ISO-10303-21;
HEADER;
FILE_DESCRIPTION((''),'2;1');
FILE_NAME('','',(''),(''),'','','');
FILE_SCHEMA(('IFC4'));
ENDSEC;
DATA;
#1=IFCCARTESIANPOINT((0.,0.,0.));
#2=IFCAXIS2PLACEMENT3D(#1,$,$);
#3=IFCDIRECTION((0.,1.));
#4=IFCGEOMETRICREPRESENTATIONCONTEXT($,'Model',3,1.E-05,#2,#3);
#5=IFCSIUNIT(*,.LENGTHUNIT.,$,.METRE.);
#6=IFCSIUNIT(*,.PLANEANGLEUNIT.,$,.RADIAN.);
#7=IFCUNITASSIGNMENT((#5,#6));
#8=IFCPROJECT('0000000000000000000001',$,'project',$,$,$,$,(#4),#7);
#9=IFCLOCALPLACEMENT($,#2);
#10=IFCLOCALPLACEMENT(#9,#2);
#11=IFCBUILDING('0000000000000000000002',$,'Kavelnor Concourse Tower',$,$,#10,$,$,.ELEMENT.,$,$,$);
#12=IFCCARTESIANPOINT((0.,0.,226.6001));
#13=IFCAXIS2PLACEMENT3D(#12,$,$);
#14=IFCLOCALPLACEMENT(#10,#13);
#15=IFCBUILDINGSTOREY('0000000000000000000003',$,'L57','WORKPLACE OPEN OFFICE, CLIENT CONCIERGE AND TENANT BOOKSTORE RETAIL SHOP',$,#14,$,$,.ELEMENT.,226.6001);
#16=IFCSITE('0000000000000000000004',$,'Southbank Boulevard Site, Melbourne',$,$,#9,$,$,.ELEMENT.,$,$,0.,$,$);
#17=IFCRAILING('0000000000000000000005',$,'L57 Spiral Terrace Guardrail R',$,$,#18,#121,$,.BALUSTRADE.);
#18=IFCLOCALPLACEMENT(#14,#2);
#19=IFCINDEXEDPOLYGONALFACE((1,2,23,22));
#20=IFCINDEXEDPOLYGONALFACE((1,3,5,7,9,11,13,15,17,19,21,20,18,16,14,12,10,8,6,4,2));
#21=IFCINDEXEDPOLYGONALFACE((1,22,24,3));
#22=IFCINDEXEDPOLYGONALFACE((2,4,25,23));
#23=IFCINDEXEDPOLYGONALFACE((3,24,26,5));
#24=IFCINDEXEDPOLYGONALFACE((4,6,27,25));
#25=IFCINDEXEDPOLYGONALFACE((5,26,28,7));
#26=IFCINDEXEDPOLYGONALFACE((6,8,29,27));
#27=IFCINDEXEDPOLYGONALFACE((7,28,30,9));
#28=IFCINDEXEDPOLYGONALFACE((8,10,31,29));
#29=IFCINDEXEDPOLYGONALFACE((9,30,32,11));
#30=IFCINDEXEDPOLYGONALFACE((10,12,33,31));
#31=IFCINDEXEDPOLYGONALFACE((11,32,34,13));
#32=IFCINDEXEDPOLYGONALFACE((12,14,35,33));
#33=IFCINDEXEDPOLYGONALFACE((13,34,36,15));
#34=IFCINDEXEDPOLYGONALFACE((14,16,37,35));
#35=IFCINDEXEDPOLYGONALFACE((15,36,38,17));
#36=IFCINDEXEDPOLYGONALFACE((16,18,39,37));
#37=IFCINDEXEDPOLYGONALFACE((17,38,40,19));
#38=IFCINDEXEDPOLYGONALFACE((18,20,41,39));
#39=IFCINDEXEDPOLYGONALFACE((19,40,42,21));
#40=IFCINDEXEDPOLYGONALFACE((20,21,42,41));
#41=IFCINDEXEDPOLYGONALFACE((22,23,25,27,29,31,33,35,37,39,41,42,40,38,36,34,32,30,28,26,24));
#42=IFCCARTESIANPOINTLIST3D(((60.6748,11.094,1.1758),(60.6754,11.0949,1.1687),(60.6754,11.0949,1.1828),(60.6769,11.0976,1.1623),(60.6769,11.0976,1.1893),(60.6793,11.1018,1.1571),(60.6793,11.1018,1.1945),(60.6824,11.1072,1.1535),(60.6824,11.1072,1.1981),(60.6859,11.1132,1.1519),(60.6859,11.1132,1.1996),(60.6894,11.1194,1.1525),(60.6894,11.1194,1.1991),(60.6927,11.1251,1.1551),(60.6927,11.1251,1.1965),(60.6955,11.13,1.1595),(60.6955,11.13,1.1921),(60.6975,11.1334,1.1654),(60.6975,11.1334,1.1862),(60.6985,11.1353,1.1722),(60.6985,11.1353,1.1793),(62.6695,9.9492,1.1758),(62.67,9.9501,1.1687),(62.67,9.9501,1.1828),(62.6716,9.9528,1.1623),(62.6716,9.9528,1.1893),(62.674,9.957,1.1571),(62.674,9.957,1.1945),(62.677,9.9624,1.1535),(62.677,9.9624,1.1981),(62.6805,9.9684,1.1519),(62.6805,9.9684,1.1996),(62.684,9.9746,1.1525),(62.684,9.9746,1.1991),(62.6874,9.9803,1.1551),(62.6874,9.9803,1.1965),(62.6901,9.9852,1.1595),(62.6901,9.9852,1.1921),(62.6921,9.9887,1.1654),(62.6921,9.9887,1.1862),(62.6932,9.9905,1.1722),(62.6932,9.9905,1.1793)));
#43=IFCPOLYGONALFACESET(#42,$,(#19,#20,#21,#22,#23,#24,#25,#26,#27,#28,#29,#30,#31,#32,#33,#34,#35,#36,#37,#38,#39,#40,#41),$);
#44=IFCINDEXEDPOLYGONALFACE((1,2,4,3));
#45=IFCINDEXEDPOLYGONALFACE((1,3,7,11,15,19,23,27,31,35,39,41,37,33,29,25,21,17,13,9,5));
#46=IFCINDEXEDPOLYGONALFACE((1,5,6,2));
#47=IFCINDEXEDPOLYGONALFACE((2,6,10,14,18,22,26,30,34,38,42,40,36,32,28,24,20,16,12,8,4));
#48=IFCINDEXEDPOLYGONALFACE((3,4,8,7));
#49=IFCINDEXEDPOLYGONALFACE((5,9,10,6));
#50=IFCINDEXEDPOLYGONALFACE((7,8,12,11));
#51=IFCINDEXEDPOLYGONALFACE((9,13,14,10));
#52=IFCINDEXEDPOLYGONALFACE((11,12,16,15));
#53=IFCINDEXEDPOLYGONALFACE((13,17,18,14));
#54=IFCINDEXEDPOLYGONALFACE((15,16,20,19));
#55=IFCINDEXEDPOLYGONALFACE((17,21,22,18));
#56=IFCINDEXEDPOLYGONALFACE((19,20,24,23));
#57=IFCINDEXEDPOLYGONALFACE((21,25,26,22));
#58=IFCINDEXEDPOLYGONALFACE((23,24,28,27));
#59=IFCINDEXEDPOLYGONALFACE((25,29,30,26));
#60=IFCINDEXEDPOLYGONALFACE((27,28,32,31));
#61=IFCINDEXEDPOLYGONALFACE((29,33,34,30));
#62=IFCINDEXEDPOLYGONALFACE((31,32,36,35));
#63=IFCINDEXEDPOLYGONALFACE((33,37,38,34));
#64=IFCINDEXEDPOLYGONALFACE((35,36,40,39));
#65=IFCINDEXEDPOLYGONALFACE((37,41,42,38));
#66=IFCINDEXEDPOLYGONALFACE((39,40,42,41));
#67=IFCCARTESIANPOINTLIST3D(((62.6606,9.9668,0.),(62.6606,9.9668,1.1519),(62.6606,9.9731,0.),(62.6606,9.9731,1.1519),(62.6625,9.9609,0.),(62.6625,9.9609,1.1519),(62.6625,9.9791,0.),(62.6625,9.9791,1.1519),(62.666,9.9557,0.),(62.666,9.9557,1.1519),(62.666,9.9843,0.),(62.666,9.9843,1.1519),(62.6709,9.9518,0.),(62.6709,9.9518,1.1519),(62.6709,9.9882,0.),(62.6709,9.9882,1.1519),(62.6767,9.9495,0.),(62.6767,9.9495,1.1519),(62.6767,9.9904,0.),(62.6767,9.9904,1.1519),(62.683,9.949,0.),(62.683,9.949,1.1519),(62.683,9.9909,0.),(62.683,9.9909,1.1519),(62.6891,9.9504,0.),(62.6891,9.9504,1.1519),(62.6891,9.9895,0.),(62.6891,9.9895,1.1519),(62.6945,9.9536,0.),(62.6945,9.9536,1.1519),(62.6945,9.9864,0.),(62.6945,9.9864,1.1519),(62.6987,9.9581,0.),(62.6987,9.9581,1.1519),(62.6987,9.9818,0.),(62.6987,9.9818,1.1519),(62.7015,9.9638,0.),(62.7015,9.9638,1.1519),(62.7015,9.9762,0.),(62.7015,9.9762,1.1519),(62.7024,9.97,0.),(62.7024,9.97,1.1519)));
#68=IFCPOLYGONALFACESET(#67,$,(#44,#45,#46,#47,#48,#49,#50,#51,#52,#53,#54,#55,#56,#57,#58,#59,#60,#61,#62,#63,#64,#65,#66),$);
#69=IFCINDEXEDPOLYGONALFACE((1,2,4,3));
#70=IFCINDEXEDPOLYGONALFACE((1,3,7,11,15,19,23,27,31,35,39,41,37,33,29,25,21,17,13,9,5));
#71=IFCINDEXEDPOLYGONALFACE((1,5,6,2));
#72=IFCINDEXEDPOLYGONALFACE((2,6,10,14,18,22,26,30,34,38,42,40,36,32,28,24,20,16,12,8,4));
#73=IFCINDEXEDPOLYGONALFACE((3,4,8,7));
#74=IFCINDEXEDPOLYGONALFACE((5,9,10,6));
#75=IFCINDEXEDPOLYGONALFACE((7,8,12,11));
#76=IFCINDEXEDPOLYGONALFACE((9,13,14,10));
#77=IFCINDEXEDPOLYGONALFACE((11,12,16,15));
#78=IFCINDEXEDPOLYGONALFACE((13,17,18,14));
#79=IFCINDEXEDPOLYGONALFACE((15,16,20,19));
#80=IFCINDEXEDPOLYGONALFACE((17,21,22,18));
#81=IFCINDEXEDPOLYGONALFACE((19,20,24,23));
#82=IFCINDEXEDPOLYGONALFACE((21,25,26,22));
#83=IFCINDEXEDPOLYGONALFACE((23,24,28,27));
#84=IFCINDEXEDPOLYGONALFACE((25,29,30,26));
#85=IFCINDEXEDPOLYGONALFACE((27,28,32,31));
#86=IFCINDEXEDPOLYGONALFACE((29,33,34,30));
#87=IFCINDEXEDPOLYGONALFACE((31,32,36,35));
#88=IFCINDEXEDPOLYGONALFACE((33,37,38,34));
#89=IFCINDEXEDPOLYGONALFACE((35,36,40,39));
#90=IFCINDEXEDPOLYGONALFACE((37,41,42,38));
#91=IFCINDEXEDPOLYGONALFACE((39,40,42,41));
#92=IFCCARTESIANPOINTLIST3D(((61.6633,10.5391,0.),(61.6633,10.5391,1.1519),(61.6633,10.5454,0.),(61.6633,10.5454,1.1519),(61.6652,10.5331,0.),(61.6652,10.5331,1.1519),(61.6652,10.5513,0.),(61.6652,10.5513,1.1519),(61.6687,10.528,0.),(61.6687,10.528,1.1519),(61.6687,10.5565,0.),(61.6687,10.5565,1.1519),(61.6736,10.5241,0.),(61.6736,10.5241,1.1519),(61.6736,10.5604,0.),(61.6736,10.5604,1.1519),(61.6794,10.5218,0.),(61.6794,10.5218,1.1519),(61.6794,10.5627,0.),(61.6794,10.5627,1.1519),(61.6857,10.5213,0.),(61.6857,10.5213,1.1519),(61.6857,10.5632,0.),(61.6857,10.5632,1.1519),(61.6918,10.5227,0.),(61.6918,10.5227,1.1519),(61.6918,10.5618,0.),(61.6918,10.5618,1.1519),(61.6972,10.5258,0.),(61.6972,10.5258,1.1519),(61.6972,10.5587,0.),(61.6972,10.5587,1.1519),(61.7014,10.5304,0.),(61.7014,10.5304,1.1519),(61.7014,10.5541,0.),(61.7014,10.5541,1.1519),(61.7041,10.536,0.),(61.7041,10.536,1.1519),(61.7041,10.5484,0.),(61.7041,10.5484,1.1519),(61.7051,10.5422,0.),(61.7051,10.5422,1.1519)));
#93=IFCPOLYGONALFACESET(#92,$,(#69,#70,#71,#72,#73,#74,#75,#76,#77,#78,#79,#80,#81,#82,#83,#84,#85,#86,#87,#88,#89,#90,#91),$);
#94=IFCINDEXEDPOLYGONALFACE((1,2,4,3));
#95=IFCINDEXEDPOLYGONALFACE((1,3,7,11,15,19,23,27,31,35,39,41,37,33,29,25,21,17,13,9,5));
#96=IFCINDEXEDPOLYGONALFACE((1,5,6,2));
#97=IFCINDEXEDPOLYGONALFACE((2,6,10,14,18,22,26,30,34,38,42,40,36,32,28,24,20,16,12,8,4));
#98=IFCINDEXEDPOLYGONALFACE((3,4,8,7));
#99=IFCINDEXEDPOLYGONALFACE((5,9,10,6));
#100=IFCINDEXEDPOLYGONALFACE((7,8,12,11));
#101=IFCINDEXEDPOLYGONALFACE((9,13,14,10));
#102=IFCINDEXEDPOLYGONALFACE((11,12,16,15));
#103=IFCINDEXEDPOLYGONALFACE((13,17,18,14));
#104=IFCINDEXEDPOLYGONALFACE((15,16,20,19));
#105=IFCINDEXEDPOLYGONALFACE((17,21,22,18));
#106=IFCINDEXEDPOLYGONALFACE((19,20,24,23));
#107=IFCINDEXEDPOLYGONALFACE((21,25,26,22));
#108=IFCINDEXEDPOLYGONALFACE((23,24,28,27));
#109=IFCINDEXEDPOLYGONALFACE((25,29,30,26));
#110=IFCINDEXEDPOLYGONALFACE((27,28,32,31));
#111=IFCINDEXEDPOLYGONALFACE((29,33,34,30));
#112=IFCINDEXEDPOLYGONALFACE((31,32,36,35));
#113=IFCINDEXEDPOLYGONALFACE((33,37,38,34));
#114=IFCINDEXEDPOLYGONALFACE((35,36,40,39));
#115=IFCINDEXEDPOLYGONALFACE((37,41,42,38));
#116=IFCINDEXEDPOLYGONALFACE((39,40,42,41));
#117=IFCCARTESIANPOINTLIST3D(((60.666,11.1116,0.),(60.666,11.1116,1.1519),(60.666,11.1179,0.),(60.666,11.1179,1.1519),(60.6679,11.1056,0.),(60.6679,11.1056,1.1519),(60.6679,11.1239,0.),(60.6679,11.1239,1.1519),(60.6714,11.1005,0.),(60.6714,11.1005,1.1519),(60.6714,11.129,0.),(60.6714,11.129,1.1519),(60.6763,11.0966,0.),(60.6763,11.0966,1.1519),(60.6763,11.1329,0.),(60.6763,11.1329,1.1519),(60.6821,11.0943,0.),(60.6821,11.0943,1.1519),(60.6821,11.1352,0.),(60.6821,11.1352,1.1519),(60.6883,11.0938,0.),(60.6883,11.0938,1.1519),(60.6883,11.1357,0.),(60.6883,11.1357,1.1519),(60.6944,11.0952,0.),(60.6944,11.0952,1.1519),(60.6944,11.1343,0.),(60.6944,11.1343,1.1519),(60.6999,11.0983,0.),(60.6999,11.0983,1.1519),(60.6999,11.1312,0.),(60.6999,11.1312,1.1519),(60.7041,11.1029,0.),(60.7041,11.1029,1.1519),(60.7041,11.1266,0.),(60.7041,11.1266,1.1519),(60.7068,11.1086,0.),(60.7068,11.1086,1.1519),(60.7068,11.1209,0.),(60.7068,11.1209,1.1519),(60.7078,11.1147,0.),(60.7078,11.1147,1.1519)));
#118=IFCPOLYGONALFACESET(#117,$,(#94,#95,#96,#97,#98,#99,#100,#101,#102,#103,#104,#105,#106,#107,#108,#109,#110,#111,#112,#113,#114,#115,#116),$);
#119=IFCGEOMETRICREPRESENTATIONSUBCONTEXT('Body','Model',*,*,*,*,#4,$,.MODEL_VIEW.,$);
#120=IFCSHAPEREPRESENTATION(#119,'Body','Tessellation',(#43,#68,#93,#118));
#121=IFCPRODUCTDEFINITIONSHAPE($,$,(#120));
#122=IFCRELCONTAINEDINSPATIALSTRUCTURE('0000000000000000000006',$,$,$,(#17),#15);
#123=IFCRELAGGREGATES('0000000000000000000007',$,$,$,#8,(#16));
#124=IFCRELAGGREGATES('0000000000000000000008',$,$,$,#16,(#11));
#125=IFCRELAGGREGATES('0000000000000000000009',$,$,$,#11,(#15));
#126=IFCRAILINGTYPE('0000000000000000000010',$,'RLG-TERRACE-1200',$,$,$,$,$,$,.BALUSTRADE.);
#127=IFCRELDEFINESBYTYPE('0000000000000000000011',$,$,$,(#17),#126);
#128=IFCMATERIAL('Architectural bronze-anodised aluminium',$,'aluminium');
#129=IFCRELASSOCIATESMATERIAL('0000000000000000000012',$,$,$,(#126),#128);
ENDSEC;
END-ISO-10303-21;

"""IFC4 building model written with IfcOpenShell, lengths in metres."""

from ifc_helpers import new_model, si_unit, direction, frame, origin, origin_2d, place, context, subcontext, project, spatial, circle, extrude, material, type_object, element, save


model = new_model("IFC4")

# Units and contexts
model_context = context("Model", 3, precision=1e-05, world=origin(), true_north=direction((0.0, 1.0)))
body_context = subcontext(model_context, "Body", "Model", "MODEL_VIEW")
ifc_project = project(units=[si_unit("LENGTHUNIT", "METRE"), si_unit("PLANEANGLEUNIT", "RADIAN")], contexts=[model_context])

# Site, building, storey
site_placement = place(None, origin())
site = spatial("IfcSite", under=ifc_project, at=site_placement, Name="Southbank Boulevard Site, Melbourne", CompositionType="ELEMENT", RefElevation=0.0)
building_placement = place(site_placement, origin())
building = spatial("IfcBuilding", under=site, at=building_placement, Name="Kavelnor Concourse Tower", CompositionType="ELEMENT")
storey_placement = place(building_placement, frame((0.0, 0.0, 226.6001)))
storey = spatial("IfcBuildingStorey", under=building, at=storey_placement, Name="L57", Description="WORKPLACE OPEN OFFICE, CLIENT CONCIERGE AND TENANT BOOKSTORE RETAIL SHOP", CompositionType="ELEMENT", Elevation=226.6001)

# Railing
ifc_material_1 = material(Name="Architectural bronze-anodised aluminium", Category="aluminium")
railing_type = type_object("IfcRailingType", Name="RLG-TERRACE-1200", PredefinedType="BALUSTRADE", material=ifc_material_1)
railing_1_placement = place(storey_placement, frame((62.6814, 9.97, 0.0)))
element("IfcRailing", 1, at=railing_1_placement, inside=storey, type_object=railing_type, Name="L57 Spiral Terrace Guardrail R", PredefinedType="BALUSTRADE", context=body_context, shape_type="SweptSolid", body=[
    extrude(circle(Radius=0.0239, at=origin_2d()), frame((0.0, 0.0, 1.1758), z_axis=(-0.867307, 0.497773, 0.0), x_axis=(-0.497773, -0.867307, 0.0)), (0.0, 0.0, 1.0), 2.2998),
    extrude(circle(Radius=0.021, at=origin_2d()), origin(), (0.0, 0.0, 1.0), 1.1519),
    extrude(circle(Radius=0.021, at=origin_2d()), frame((-0.9973, 0.5723, 0.0)), (0.0, 0.0, 1.0), 1.1519),
    extrude(circle(Radius=0.021, at=origin_2d()), frame((-1.9946, 1.1448, 0.0)), (0.0, 0.0, 1.0), 1.1519),
])

save(model, "model.ifc")
